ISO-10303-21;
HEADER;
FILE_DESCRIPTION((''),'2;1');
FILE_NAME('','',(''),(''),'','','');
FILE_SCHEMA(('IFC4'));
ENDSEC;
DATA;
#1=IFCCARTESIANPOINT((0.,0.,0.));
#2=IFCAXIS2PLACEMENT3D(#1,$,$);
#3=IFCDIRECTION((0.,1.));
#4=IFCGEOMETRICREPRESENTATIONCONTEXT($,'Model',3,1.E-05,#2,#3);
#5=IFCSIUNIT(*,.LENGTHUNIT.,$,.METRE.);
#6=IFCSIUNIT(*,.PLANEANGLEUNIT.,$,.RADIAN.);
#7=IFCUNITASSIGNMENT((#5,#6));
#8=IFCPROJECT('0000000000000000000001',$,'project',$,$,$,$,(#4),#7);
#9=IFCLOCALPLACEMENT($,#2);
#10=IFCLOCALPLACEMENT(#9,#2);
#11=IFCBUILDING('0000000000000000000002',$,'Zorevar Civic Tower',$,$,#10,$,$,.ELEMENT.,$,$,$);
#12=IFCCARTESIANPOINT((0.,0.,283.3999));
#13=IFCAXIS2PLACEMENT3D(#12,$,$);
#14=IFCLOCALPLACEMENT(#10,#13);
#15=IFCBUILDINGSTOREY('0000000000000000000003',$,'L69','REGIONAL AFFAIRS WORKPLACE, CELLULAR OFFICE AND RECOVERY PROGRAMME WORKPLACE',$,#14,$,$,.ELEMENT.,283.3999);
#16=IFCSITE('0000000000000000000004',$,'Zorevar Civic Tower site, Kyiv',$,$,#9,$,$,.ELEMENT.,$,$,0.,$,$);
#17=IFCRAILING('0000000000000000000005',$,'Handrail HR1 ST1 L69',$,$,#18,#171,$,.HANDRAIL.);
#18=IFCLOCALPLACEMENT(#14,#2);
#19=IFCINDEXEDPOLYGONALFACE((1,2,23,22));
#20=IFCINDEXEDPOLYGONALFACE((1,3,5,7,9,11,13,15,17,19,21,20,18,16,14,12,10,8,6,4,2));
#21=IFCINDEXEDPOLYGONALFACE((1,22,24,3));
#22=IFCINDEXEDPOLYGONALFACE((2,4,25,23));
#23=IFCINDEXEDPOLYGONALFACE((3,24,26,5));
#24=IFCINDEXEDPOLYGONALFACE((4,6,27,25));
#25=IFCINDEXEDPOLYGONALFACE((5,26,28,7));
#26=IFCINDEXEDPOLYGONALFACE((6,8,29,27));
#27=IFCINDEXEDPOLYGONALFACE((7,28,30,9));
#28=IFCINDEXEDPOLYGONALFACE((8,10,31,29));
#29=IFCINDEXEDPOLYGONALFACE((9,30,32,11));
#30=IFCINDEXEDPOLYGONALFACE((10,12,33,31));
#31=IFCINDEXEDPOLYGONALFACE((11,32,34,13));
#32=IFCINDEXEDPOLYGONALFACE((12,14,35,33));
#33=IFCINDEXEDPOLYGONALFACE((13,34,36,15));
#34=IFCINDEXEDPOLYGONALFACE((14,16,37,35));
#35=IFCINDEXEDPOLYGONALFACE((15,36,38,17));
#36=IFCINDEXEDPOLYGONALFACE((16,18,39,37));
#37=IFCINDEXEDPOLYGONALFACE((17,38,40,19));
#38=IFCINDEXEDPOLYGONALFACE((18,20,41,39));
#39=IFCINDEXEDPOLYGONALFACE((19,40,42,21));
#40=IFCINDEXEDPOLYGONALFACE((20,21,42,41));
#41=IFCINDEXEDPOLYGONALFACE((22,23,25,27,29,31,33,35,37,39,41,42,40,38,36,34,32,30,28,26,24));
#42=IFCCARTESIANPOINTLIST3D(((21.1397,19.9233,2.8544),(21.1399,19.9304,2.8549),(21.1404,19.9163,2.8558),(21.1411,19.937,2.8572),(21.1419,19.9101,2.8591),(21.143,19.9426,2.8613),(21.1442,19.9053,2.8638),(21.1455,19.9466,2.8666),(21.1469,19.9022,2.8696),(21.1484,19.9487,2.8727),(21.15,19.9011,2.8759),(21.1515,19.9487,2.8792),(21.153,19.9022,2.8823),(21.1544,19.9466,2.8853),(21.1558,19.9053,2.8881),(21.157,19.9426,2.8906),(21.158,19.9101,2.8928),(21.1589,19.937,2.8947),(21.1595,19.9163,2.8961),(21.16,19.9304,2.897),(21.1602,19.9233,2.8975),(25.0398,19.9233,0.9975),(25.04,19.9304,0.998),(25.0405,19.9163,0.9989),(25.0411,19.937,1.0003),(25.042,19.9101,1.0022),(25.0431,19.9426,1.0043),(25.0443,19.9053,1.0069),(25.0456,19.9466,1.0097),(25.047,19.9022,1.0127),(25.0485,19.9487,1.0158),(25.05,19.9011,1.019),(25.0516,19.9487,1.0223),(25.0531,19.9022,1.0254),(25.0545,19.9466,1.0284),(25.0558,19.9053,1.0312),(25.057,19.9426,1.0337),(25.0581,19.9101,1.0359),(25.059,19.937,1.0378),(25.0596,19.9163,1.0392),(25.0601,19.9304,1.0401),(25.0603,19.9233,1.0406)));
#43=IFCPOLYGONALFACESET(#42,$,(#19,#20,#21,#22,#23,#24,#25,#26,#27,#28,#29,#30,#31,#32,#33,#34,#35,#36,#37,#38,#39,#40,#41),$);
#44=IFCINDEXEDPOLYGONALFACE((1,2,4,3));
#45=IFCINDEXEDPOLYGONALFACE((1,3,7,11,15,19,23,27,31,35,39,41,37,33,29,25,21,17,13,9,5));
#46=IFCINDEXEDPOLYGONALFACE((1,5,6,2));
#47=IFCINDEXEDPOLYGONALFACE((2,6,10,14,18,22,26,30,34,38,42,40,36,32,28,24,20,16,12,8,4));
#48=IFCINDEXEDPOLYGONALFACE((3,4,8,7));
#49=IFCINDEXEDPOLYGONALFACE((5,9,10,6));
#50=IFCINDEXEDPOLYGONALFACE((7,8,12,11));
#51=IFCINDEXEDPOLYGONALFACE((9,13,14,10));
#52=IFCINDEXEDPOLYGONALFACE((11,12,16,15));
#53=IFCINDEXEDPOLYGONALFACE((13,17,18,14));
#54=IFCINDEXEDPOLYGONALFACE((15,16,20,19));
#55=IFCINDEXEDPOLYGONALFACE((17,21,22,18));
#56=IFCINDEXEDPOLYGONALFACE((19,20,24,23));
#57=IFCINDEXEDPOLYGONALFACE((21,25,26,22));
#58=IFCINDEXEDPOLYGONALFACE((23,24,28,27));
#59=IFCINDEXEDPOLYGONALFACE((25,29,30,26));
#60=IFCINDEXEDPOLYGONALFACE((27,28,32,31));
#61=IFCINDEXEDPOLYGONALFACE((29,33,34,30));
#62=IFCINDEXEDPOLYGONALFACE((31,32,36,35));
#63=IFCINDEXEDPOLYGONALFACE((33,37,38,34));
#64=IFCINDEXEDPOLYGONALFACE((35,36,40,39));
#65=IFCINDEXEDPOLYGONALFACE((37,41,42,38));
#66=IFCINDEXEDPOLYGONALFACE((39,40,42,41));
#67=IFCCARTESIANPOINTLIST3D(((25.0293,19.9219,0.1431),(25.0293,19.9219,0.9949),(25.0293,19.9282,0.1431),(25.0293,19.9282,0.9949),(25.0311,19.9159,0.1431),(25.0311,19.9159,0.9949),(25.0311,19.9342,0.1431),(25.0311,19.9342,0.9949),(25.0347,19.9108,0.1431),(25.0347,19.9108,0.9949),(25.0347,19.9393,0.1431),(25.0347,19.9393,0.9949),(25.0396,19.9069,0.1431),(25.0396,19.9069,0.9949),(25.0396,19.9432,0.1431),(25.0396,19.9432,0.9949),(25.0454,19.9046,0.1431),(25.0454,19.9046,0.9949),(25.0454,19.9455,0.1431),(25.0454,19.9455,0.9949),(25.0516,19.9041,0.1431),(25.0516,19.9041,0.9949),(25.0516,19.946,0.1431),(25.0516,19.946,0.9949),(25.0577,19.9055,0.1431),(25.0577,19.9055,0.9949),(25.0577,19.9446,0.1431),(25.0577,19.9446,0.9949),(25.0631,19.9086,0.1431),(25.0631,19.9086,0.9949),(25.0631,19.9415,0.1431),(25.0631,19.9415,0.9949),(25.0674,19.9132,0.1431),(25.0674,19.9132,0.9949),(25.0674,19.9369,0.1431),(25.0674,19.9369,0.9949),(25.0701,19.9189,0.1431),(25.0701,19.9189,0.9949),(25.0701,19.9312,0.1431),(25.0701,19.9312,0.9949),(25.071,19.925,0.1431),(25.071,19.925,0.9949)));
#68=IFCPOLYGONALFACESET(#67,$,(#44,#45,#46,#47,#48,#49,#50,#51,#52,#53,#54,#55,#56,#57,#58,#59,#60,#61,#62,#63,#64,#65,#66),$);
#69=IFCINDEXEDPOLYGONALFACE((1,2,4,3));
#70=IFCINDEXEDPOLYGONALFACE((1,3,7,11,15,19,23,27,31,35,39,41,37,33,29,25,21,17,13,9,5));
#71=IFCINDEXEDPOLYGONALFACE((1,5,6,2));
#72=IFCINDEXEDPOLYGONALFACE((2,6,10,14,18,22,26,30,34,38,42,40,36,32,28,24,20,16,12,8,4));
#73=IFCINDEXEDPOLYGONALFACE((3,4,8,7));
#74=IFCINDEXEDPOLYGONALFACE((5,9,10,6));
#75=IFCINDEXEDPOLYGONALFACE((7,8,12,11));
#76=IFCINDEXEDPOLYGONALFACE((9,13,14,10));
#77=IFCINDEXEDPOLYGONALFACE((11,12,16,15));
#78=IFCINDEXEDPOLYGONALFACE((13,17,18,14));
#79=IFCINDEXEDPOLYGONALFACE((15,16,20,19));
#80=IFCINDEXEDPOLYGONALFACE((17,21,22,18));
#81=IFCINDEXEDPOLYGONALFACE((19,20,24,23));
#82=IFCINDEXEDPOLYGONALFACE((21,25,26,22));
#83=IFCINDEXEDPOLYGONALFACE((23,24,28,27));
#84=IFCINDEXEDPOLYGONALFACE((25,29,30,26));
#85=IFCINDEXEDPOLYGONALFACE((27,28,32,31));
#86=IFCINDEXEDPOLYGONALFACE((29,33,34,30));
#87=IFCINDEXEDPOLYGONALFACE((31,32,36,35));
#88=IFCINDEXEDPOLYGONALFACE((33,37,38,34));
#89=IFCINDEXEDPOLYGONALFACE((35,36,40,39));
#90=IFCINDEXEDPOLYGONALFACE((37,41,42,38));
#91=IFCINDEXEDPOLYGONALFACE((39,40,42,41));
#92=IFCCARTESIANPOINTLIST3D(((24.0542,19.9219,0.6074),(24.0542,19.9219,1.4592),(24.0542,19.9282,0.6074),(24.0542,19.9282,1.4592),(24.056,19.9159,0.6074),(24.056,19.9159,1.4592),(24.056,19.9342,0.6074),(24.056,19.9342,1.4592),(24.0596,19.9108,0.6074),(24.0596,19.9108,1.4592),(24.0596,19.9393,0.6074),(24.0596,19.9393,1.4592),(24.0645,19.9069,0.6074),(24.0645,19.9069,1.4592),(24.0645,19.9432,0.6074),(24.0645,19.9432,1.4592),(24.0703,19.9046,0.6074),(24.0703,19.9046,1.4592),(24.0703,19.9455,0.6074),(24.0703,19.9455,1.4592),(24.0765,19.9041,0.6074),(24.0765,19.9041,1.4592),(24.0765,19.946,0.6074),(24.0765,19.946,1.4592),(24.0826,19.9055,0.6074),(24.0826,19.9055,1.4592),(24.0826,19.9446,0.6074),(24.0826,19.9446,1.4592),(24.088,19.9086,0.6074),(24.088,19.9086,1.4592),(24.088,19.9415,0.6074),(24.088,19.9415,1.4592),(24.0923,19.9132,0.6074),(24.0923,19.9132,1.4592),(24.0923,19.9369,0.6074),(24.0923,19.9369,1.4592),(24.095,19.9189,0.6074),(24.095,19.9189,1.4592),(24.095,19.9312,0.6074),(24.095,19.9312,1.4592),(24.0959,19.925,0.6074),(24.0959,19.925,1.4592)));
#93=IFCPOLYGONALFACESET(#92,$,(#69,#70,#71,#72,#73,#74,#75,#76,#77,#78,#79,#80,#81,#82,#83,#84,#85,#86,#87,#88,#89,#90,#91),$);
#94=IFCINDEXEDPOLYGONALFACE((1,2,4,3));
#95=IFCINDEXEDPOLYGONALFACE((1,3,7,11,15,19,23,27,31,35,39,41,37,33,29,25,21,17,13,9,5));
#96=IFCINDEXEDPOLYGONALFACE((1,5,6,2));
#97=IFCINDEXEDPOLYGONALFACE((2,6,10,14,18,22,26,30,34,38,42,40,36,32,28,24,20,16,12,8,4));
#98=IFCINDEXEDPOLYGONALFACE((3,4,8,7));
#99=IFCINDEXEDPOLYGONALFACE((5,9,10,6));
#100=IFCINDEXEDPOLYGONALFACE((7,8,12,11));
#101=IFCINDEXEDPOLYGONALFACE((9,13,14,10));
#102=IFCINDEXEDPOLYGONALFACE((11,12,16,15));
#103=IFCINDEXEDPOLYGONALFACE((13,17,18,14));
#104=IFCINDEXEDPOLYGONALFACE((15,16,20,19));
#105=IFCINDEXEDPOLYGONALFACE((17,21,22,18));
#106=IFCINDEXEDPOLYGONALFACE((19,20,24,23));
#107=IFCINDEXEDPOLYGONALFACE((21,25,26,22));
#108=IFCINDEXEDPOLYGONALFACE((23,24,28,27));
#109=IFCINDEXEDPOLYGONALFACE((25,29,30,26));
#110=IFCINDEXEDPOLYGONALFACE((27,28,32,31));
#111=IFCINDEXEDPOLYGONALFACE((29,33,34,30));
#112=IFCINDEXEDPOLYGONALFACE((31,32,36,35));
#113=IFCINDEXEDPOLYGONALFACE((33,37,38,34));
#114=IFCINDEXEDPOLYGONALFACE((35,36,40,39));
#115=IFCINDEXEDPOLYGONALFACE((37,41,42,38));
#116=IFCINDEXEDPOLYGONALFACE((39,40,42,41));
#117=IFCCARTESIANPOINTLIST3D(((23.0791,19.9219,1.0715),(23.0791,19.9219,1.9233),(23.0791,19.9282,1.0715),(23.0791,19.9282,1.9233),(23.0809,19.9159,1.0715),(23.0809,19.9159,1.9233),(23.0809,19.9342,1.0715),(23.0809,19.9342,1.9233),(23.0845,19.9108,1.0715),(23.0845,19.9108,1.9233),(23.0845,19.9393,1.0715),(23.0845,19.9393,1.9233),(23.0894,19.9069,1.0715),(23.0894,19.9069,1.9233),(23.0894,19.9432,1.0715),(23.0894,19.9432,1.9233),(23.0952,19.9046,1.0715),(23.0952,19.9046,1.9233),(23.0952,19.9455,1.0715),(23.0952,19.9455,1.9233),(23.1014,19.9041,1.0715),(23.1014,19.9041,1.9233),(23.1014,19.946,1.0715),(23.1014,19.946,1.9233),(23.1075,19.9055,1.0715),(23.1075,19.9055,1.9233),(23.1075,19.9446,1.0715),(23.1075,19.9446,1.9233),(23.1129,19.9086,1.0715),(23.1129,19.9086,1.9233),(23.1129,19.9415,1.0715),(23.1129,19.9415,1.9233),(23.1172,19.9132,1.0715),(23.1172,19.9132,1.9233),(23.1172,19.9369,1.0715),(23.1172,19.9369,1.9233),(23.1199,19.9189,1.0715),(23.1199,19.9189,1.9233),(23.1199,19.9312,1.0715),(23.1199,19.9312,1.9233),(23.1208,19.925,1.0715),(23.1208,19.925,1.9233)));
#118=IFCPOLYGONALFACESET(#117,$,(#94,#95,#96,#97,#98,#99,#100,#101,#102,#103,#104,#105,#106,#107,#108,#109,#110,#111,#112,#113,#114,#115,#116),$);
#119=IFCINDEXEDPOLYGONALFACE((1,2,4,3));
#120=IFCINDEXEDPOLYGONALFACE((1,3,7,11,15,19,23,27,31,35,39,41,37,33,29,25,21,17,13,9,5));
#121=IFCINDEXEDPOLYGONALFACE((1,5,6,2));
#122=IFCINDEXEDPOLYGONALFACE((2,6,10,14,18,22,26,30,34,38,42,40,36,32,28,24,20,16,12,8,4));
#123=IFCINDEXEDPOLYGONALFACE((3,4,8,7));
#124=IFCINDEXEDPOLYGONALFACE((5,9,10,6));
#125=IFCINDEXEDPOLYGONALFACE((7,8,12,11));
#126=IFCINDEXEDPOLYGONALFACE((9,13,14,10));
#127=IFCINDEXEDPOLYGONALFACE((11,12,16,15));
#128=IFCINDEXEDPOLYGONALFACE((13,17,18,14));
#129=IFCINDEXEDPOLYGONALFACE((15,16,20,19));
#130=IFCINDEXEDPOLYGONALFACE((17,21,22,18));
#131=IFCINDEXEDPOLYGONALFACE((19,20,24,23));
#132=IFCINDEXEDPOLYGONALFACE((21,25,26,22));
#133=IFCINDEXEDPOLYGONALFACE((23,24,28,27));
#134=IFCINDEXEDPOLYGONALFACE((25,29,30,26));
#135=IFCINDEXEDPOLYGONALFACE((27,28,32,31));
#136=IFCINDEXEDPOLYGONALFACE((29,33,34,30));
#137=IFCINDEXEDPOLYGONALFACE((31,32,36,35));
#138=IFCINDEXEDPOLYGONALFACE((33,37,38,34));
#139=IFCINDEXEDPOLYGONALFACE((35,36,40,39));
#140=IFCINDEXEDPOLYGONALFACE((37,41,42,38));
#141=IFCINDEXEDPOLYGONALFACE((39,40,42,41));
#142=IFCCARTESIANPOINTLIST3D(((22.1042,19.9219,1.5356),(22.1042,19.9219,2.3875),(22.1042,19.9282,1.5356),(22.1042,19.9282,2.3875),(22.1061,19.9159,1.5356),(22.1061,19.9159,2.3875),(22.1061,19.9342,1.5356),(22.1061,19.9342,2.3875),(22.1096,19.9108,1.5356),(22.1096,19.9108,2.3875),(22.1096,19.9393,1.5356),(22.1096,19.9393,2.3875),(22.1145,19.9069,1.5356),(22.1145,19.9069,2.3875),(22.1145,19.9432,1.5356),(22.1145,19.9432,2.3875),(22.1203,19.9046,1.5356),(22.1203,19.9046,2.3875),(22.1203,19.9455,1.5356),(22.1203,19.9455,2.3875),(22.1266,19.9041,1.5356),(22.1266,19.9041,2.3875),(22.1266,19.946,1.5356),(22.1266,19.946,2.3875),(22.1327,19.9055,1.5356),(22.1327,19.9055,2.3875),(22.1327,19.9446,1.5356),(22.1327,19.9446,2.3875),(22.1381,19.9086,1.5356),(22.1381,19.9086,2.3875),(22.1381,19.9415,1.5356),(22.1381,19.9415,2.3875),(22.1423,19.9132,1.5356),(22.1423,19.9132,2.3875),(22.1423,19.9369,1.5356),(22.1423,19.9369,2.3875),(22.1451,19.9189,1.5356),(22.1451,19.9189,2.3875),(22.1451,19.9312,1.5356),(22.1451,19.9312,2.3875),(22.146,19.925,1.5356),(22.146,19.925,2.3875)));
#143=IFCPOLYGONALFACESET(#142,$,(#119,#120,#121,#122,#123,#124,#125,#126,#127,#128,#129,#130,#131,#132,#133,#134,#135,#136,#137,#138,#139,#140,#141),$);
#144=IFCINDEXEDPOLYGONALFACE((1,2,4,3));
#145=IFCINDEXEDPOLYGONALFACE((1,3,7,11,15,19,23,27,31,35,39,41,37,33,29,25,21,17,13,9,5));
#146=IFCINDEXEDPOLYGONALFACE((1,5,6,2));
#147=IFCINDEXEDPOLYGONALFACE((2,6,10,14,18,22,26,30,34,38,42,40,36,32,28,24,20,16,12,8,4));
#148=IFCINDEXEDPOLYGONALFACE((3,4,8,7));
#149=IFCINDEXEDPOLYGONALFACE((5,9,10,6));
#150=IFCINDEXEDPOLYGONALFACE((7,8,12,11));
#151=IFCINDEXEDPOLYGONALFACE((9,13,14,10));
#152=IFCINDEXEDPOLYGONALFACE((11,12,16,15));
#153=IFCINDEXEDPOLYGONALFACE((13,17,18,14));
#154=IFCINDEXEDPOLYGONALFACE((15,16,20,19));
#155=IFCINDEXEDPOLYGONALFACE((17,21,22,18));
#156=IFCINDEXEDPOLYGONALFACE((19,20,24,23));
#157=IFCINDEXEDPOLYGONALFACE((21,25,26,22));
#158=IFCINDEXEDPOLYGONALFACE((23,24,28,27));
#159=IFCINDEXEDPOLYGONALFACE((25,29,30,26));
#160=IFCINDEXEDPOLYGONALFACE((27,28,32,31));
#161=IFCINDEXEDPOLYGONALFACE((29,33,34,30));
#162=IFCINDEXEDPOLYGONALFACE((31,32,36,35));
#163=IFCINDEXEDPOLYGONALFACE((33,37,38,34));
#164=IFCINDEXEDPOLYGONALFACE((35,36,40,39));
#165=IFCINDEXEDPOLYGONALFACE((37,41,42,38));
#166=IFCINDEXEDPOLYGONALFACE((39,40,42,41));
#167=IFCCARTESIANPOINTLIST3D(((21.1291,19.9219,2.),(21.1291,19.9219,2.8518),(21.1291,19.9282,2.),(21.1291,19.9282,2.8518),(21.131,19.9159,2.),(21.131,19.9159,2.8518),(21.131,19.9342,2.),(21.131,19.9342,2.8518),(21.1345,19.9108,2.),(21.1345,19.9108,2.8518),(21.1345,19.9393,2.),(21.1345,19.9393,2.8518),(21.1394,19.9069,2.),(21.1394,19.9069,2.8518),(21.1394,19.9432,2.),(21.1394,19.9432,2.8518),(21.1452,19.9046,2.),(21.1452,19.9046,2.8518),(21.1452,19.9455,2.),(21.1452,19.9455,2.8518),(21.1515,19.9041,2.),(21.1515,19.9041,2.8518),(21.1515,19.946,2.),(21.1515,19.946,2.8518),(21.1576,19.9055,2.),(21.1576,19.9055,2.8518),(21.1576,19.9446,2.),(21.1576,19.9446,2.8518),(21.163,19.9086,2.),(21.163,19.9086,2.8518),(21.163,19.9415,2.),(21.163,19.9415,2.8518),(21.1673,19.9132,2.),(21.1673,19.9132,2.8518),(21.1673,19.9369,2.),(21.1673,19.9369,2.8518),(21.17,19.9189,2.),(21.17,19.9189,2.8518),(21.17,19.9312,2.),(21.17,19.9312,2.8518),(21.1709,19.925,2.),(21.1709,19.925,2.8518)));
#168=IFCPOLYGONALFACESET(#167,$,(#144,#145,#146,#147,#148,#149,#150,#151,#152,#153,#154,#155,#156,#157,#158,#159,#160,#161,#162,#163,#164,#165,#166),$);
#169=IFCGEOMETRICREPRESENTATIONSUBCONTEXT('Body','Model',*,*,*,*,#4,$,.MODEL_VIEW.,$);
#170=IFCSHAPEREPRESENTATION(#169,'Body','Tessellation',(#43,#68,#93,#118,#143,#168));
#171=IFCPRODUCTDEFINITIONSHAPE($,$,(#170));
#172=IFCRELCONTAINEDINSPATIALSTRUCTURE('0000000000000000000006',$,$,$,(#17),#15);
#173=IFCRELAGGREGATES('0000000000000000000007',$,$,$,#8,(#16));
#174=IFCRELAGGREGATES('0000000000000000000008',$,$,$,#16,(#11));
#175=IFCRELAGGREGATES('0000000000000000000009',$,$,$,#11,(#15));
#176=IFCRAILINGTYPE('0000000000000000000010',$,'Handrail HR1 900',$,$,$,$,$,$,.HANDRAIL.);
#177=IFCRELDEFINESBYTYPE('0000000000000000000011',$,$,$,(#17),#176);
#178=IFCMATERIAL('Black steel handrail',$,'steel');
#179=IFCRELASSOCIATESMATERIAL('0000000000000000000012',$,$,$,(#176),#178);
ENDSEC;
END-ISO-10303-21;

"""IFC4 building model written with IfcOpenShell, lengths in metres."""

from ifc_helpers import new_model, si_unit, direction, frame, origin, origin_2d, place, context, subcontext, project, spatial, circle, extrude, material, type_object, element, save


model = new_model("IFC4")

# Units and contexts
model_context = context("Model", 3, precision=1e-05, world=origin(), true_north=direction((0.0, 1.0)))
body_context = subcontext(model_context, "Body", "Model", "MODEL_VIEW")
ifc_project = project(units=[si_unit("LENGTHUNIT", "METRE"), si_unit("PLANEANGLEUNIT", "RADIAN")], contexts=[model_context])

# Site, building, storey
site_placement = place(None, origin())
site = spatial("IfcSite", under=ifc_project, at=site_placement, Name="Zorevar Civic Tower site, Kyiv", CompositionType="ELEMENT", RefElevation=0.0)
building_placement = place(site_placement, origin())
building = spatial("IfcBuilding", under=site, at=building_placement, Name="Zorevar Civic Tower", CompositionType="ELEMENT")
storey_placement = place(building_placement, frame((0.0, 0.0, 283.3999)))
storey = spatial("IfcBuildingStorey", under=building, at=storey_placement, Name="L69", Description="REGIONAL AFFAIRS WORKPLACE, CELLULAR OFFICE AND RECOVERY PROGRAMME WORKPLACE", CompositionType="ELEMENT", Elevation=283.3999)

# Railing
ifc_material_1 = material(Name="Black steel handrail", Category="steel")
railing_type = type_object("IfcRailingType", Name="Handrail HR1 900", PredefinedType="HANDRAIL", material=ifc_material_1)
railing_1_placement = place(storey_placement, frame((25.05, 19.925, 0.1431)))
element("IfcRailing", 1, at=railing_1_placement, inside=storey, type_object=railing_type, Name="Handrail HR1 ST1 L69", PredefinedType="HANDRAIL", context=body_context, shape_type="SweptSolid", body=[
    extrude(circle(Radius=0.0239, at=origin_2d()), frame((0.0, 0.0, 0.876), z_axis=(-0.902886, 0.0, 0.429881), x_axis=(0.0, -1.0, 0.0)), (0.0, 0.0, 1.0), 4.3196),
    extrude(circle(Radius=0.021, at=origin_2d()), origin(), (0.0, 0.0, 1.0), 0.8518),
    extrude(circle(Radius=0.021, at=origin_2d()), frame((-0.9751, 0.0, 0.4644)), (0.0, 0.0, 1.0), 0.8518),
    extrude(circle(Radius=0.021, at=origin_2d()), frame((-1.9502, 0.0, 0.9285)), (0.0, 0.0, 1.0), 0.8518),
    extrude(circle(Radius=0.021, at=origin_2d()), frame((-2.925, 0.0, 1.3926)), (0.0, 0.0, 1.0), 0.8518),
    extrude(circle(Radius=0.021, at=origin_2d()), frame((-3.9001, 0.0, 1.8569)), (0.0, 0.0, 1.0), 0.8518),
])

save(model, "model.ifc")
